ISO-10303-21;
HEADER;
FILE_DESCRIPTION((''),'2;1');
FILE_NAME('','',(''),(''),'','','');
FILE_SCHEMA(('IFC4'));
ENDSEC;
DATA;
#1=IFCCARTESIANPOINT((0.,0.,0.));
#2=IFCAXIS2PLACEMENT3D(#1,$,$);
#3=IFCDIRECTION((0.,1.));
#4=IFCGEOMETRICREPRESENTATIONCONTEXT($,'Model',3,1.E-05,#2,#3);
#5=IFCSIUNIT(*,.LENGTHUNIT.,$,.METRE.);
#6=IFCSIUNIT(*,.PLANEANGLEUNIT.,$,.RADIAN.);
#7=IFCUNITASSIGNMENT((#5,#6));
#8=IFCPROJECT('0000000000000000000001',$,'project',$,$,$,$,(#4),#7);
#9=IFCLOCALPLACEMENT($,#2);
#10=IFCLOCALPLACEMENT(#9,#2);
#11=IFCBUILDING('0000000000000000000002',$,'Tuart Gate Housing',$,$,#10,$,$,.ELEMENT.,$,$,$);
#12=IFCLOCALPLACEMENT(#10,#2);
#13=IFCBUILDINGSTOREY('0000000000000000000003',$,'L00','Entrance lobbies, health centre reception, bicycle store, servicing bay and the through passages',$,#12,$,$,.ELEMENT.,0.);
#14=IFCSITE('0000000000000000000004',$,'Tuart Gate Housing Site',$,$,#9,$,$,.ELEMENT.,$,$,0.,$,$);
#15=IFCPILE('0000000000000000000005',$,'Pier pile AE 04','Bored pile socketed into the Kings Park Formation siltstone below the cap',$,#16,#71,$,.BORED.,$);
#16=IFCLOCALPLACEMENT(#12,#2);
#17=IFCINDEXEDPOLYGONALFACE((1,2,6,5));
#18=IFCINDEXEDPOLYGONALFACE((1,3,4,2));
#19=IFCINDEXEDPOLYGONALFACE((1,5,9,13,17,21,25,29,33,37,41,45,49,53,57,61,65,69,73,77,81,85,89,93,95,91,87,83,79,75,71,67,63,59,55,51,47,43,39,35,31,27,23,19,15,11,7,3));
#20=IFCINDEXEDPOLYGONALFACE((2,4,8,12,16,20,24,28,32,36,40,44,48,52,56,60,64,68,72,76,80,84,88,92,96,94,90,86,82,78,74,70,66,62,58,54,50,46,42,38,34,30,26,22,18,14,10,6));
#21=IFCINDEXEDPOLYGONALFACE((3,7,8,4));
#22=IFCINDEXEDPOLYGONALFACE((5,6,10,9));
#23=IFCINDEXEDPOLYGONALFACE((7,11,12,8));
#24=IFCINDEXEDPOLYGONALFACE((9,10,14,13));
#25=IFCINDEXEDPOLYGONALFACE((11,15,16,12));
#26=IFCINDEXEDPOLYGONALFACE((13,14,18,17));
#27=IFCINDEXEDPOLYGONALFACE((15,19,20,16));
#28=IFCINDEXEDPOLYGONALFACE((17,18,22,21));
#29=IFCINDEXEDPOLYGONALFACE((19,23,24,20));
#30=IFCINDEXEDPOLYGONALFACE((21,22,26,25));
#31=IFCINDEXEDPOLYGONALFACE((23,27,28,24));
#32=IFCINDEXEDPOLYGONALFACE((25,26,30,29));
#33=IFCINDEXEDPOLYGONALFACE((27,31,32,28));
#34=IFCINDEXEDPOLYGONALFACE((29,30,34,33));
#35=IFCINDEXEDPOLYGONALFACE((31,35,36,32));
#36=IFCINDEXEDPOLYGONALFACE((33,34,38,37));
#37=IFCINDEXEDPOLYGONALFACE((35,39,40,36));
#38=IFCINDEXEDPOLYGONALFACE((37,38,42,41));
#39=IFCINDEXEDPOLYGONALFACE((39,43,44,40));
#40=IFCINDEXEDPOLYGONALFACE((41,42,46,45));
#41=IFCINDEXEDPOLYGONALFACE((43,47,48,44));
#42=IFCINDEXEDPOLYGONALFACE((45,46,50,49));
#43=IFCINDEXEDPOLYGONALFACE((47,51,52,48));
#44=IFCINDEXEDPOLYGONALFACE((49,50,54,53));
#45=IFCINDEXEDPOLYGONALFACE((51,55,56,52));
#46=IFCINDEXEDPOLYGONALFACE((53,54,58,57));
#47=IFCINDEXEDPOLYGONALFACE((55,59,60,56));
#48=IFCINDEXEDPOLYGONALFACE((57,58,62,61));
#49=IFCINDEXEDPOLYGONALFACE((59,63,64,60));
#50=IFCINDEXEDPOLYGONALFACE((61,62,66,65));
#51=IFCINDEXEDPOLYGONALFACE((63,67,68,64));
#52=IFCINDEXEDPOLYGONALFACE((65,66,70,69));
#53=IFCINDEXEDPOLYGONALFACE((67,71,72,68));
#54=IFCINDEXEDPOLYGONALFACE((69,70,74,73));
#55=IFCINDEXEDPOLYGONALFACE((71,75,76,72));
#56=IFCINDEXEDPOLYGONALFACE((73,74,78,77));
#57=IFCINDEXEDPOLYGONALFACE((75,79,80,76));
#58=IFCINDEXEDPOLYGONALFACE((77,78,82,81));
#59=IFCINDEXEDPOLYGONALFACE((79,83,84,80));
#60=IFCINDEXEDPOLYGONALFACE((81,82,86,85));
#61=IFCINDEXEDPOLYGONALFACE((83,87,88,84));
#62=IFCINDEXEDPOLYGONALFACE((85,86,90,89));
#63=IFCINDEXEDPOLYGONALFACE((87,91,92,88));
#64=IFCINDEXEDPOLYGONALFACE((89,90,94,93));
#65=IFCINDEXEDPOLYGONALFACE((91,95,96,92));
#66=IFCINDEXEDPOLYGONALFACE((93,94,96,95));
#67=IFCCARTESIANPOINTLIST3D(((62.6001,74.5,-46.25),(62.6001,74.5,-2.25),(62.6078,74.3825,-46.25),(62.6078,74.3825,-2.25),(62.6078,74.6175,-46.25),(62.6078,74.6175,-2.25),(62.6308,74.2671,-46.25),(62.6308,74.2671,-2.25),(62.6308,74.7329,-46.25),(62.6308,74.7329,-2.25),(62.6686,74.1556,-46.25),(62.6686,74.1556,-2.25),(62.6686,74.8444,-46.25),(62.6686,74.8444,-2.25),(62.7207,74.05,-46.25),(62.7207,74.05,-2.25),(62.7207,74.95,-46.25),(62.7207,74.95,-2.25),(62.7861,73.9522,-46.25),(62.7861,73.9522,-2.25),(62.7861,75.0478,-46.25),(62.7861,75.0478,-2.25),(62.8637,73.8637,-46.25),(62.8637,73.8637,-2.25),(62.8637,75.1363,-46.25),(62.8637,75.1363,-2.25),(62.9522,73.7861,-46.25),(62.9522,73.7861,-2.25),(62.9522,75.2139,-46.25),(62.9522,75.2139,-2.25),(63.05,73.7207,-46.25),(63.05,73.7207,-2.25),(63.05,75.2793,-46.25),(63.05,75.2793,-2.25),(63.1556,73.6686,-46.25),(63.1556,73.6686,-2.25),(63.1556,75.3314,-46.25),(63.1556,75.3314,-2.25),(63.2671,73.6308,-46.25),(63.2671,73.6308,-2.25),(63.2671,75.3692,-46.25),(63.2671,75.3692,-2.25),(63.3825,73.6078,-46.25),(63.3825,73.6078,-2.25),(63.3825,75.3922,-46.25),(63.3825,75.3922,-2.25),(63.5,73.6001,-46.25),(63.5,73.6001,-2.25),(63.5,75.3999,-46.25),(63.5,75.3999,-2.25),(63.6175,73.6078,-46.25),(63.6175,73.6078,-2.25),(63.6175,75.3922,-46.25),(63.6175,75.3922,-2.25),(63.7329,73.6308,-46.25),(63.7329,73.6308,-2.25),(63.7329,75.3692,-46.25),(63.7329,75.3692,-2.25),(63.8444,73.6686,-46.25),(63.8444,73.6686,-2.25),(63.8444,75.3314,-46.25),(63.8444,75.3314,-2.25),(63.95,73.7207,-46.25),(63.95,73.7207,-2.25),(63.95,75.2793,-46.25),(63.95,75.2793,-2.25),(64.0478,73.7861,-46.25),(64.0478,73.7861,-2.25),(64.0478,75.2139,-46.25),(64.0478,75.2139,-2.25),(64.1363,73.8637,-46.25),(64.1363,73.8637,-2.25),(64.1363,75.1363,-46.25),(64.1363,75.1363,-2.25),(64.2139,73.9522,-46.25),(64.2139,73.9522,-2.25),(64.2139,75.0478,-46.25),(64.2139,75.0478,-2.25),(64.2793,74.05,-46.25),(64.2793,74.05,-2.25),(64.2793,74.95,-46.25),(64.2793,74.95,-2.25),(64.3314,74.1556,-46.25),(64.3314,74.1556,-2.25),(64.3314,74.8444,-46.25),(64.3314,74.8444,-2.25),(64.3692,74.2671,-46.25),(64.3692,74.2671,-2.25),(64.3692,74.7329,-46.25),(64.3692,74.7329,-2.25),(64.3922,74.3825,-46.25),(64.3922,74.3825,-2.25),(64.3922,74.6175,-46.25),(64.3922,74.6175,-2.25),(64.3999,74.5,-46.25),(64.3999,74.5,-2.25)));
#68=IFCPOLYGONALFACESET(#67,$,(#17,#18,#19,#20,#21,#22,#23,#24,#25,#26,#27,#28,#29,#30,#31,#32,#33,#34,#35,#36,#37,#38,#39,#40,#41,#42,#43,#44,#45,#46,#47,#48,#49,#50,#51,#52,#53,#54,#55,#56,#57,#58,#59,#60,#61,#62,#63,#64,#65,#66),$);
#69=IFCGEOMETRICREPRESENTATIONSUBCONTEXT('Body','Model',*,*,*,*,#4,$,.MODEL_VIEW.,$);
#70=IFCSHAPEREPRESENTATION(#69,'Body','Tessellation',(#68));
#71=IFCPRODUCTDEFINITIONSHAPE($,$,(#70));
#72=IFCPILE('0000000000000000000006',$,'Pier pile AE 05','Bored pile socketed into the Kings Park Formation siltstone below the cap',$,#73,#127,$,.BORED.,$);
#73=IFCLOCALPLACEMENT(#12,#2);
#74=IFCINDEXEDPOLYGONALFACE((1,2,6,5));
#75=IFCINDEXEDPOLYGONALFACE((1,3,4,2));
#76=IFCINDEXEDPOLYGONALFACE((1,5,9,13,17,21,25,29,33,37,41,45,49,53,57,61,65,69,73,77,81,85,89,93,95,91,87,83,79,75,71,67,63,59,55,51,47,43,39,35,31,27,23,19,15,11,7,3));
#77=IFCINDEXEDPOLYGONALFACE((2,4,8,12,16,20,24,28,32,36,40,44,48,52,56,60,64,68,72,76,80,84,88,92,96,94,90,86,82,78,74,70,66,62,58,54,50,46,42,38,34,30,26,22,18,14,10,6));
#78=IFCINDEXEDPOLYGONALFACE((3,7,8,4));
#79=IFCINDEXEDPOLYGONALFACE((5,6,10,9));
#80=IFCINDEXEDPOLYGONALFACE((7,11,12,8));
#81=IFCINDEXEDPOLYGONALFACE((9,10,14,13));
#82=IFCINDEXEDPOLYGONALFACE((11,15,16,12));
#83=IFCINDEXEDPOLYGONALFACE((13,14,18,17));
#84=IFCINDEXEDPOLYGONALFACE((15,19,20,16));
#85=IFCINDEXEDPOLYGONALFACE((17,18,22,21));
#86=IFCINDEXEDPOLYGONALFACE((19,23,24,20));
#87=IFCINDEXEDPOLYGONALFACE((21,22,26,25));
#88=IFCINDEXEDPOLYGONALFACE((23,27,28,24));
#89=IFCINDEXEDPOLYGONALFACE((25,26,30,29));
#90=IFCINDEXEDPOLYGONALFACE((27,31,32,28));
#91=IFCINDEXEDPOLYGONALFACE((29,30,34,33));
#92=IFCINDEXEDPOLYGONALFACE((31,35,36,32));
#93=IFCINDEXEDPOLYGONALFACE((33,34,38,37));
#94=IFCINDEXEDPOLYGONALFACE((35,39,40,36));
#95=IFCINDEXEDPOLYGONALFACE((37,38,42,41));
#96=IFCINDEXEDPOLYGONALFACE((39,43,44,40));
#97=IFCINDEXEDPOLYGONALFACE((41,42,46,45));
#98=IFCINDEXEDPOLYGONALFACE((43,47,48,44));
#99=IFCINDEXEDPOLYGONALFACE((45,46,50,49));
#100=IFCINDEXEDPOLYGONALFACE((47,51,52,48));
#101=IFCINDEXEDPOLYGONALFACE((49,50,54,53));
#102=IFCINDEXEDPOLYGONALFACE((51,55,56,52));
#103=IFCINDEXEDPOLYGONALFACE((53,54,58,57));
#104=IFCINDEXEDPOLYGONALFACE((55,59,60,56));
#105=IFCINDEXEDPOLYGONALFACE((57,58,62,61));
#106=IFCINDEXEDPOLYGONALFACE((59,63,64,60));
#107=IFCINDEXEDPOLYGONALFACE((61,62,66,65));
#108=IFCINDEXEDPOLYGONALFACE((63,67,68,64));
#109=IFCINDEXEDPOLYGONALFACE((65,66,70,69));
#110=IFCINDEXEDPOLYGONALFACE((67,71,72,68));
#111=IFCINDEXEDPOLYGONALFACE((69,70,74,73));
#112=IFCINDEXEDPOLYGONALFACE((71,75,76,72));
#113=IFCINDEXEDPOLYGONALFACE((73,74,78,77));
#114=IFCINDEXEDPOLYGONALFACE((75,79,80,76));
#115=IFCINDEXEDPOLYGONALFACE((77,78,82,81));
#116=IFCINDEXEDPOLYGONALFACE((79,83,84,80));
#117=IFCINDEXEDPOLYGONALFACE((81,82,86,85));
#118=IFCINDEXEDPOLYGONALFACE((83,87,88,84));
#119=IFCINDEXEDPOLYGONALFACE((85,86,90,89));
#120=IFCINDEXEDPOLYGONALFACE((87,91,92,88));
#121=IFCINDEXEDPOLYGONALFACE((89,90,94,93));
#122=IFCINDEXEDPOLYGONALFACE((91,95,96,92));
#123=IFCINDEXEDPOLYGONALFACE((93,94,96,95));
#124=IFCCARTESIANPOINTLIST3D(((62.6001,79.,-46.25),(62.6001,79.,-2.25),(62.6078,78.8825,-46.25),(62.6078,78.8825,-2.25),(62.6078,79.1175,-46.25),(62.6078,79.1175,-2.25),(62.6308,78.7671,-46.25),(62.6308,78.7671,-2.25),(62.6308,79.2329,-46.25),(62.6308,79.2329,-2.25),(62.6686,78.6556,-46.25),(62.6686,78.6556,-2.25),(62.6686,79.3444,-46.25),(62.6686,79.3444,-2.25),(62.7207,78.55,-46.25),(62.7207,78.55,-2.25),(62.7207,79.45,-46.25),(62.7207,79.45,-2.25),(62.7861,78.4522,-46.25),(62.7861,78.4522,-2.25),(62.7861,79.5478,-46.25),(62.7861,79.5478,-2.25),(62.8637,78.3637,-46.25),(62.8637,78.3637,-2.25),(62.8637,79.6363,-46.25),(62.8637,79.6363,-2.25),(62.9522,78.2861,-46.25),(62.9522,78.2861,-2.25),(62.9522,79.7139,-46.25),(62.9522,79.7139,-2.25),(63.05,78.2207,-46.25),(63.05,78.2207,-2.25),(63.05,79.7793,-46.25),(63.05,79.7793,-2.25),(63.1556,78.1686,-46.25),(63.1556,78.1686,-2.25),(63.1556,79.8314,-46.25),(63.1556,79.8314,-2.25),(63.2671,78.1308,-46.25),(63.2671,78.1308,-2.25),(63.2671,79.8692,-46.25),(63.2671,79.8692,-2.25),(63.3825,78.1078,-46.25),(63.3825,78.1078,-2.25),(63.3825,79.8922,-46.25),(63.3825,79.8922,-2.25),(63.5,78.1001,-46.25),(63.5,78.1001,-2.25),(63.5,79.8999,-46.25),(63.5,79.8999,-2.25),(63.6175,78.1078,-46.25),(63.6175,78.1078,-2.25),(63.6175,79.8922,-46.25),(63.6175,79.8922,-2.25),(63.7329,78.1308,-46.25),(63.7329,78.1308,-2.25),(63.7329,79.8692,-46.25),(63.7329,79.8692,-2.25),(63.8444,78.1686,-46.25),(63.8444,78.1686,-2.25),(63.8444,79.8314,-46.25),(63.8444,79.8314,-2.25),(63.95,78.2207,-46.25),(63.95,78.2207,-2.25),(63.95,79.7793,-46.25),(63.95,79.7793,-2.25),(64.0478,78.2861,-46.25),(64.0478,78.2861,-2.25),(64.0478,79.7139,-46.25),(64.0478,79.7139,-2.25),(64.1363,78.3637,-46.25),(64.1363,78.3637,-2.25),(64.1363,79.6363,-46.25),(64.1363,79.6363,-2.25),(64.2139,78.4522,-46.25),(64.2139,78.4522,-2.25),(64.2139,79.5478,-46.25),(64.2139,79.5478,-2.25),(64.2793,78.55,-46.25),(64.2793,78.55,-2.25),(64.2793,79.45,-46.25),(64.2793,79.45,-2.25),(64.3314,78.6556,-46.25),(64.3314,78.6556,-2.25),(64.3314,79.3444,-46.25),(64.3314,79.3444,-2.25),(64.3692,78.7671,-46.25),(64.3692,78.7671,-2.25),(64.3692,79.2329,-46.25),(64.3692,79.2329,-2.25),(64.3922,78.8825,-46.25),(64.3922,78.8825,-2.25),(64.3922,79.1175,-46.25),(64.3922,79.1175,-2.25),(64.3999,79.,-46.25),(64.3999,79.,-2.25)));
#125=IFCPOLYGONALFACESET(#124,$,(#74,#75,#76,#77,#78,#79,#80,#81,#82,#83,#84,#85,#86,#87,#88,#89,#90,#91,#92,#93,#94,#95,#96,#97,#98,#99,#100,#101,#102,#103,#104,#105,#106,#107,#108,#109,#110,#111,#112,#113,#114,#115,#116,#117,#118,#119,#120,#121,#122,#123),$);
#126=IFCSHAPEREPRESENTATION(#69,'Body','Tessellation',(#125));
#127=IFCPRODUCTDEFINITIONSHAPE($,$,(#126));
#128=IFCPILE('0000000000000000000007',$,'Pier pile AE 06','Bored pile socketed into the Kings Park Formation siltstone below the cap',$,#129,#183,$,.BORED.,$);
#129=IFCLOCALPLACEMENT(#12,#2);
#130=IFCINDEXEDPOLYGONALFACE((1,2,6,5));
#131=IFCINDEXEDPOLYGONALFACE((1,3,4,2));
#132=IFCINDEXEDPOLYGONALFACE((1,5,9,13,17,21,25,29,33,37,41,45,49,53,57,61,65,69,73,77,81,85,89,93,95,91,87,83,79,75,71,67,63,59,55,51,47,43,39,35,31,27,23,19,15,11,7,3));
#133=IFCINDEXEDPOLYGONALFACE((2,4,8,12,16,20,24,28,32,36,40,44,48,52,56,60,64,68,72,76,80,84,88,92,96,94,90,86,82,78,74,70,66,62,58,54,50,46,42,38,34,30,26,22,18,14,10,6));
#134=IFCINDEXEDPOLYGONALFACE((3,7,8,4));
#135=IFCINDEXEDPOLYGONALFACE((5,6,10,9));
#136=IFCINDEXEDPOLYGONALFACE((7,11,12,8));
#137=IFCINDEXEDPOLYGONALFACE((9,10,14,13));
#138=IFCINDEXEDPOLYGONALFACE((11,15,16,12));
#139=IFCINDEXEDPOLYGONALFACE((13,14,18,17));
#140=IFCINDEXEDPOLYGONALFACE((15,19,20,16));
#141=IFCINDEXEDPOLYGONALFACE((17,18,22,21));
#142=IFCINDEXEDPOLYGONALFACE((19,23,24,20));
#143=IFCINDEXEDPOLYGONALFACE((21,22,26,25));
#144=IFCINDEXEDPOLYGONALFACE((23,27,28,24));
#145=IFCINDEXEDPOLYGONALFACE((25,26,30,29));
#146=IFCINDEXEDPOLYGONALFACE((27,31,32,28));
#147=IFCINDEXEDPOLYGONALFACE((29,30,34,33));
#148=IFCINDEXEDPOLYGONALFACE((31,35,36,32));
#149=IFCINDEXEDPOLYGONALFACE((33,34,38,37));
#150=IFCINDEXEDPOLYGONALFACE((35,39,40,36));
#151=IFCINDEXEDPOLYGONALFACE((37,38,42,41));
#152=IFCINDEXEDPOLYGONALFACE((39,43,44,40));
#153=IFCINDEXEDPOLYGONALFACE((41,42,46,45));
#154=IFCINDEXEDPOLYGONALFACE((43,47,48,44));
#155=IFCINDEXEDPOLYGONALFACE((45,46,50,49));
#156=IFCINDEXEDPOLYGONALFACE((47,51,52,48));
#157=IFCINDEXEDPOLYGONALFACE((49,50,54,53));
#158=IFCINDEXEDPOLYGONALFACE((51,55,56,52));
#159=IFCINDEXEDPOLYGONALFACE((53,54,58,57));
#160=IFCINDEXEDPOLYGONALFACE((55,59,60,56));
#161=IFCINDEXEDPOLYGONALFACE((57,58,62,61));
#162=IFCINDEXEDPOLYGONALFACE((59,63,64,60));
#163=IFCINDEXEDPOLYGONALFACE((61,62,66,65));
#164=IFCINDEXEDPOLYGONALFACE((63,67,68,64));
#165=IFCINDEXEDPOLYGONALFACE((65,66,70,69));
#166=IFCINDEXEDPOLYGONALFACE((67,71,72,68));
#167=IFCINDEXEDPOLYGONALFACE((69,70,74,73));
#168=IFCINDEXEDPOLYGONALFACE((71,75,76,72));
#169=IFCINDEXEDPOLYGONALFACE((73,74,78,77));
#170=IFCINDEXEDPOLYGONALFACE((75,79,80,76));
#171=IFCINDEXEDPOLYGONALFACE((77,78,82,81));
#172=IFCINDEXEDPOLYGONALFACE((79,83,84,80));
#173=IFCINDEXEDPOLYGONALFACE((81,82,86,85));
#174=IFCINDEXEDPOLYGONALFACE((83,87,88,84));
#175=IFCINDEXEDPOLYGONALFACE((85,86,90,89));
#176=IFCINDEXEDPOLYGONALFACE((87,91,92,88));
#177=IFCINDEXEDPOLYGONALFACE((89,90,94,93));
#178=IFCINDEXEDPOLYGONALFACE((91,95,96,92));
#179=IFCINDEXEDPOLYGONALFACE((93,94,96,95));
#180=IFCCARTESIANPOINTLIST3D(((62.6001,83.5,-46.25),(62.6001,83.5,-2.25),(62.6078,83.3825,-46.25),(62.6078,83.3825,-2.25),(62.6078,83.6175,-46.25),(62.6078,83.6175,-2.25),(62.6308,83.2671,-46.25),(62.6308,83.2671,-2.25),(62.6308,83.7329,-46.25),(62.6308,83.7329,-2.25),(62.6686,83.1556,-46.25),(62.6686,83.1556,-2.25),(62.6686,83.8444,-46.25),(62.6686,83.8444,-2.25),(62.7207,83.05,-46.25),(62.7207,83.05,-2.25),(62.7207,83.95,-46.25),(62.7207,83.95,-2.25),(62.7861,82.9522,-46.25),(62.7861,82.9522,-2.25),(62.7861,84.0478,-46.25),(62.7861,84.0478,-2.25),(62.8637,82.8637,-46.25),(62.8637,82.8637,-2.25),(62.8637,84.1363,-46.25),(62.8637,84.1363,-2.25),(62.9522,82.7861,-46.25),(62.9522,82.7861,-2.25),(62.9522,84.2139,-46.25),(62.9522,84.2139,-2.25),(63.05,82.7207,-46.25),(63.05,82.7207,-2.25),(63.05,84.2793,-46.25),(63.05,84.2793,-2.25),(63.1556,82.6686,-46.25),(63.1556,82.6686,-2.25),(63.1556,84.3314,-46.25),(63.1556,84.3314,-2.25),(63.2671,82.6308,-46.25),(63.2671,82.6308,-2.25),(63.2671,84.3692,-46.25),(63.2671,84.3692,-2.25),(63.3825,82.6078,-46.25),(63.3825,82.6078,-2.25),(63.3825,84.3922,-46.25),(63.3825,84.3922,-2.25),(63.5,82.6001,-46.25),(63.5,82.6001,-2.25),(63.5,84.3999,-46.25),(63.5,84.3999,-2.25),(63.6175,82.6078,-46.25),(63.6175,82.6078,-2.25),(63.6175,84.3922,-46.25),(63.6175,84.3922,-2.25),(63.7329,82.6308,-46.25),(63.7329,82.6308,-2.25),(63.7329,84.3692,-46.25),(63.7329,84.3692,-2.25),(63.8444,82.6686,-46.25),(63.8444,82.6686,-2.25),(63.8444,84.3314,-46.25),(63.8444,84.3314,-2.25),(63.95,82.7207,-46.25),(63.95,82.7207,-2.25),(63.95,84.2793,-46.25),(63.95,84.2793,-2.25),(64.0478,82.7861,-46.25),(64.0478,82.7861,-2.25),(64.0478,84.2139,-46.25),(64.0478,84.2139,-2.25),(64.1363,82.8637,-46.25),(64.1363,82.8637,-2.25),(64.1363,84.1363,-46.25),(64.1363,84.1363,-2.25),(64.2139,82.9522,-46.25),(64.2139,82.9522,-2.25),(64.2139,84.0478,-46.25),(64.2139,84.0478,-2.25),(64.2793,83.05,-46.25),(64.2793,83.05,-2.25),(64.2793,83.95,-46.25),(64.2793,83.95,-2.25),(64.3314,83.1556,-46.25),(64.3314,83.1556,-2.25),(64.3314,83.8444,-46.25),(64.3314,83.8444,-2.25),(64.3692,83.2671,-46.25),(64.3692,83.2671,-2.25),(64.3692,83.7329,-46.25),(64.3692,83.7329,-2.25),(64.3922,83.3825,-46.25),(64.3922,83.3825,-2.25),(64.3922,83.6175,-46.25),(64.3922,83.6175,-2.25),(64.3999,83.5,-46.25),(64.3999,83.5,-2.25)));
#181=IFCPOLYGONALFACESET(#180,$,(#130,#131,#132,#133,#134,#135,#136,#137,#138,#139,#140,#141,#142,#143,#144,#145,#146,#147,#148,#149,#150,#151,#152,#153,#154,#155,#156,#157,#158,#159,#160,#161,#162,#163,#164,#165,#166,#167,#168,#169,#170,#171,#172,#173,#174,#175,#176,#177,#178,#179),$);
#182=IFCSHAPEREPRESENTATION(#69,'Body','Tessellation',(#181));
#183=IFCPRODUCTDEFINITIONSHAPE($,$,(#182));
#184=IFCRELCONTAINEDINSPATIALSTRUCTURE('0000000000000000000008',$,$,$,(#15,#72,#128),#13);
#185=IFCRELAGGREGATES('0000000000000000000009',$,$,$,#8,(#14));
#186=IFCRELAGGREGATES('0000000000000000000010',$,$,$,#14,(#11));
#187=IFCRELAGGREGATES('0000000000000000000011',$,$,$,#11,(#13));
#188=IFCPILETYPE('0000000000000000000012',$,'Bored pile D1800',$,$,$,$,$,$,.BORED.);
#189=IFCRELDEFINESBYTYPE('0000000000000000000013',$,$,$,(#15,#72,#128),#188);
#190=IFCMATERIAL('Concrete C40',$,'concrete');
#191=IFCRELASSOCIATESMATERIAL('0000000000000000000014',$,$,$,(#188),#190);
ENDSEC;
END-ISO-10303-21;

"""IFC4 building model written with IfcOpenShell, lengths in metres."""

from ifc_helpers import new_model, si_unit, direction, frame, origin, origin_2d, place, context, subcontext, project, spatial, circle, extrude, material, material_profile, profile_set, type_object, element, save


model = new_model("IFC4")

# Units and contexts
model_context = context("Model", 3, precision=1e-05, world=origin(), true_north=direction((0.0, 1.0)))
body_context = subcontext(model_context, "Body", "Model", "MODEL_VIEW")
ifc_project = project(units=[si_unit("LENGTHUNIT", "METRE"), si_unit("PLANEANGLEUNIT", "RADIAN")], contexts=[model_context])

# Site, building, storey
site_placement = place(None, origin())
site = spatial("IfcSite", under=ifc_project, at=site_placement, Name="Tuart Gate Housing Site", CompositionType="ELEMENT", RefElevation=0.0)
building_placement = place(site_placement, origin())
building = spatial("IfcBuilding", under=site, at=building_placement, Name="Tuart Gate Housing", CompositionType="ELEMENT")
storey_placement = place(building_placement, origin())
storey = spatial("IfcBuildingStorey", under=building, at=storey_placement, Name="L00", Description="Entrance lobbies, health centre reception, bicycle store, servicing bay and the through passages", CompositionType="ELEMENT", Elevation=0.0)

# Piles
ifc_material_1 = material(Name="Concrete C40", Category="concrete")
ifc_material_profile_1 = material_profile(ifc_material_1, circle(Radius=0.8999, at=origin_2d()), Name="Bored pile D1800")
ifc_profile_set_1 = profile_set([ifc_material_profile_1], Name="Concrete C40")
pile_type_1 = type_object("IfcPileType", Name="Bored pile D1800", PredefinedType="BORED", material=ifc_profile_set_1)
for number, where, z_axis, x_axis, name in (
    (1, (63.5, 74.5, -2.25), (0.0, 0.0, -1.0), (1.0, 0.0, 0.0), "Pier pile AE 04"),
    (2, (63.5, 79.0, -2.25), (0.0, 0.0, -1.0), (1.0, 0.0, 0.0), "Pier pile AE 05"),
    (3, (63.5, 83.5, -2.25), (0.0, 0.0, -1.0), (1.0, 0.0, 0.0), "Pier pile AE 06"),
):
    element("IfcPile", number, at=place(storey_placement, frame(where, z_axis=z_axis, x_axis=x_axis)), inside=storey, type_object=pile_type_1, Name=name, Description="Bored pile socketed into the Kings Park Formation siltstone below the cap", PredefinedType="BORED", context=body_context, shape_type="SweptSolid", body=[
        extrude(circle(Radius=0.8999, at=origin_2d()), origin(), (0.0, 0.0, 1.0), 44.0),
    ])

save(model, "model.ifc")
